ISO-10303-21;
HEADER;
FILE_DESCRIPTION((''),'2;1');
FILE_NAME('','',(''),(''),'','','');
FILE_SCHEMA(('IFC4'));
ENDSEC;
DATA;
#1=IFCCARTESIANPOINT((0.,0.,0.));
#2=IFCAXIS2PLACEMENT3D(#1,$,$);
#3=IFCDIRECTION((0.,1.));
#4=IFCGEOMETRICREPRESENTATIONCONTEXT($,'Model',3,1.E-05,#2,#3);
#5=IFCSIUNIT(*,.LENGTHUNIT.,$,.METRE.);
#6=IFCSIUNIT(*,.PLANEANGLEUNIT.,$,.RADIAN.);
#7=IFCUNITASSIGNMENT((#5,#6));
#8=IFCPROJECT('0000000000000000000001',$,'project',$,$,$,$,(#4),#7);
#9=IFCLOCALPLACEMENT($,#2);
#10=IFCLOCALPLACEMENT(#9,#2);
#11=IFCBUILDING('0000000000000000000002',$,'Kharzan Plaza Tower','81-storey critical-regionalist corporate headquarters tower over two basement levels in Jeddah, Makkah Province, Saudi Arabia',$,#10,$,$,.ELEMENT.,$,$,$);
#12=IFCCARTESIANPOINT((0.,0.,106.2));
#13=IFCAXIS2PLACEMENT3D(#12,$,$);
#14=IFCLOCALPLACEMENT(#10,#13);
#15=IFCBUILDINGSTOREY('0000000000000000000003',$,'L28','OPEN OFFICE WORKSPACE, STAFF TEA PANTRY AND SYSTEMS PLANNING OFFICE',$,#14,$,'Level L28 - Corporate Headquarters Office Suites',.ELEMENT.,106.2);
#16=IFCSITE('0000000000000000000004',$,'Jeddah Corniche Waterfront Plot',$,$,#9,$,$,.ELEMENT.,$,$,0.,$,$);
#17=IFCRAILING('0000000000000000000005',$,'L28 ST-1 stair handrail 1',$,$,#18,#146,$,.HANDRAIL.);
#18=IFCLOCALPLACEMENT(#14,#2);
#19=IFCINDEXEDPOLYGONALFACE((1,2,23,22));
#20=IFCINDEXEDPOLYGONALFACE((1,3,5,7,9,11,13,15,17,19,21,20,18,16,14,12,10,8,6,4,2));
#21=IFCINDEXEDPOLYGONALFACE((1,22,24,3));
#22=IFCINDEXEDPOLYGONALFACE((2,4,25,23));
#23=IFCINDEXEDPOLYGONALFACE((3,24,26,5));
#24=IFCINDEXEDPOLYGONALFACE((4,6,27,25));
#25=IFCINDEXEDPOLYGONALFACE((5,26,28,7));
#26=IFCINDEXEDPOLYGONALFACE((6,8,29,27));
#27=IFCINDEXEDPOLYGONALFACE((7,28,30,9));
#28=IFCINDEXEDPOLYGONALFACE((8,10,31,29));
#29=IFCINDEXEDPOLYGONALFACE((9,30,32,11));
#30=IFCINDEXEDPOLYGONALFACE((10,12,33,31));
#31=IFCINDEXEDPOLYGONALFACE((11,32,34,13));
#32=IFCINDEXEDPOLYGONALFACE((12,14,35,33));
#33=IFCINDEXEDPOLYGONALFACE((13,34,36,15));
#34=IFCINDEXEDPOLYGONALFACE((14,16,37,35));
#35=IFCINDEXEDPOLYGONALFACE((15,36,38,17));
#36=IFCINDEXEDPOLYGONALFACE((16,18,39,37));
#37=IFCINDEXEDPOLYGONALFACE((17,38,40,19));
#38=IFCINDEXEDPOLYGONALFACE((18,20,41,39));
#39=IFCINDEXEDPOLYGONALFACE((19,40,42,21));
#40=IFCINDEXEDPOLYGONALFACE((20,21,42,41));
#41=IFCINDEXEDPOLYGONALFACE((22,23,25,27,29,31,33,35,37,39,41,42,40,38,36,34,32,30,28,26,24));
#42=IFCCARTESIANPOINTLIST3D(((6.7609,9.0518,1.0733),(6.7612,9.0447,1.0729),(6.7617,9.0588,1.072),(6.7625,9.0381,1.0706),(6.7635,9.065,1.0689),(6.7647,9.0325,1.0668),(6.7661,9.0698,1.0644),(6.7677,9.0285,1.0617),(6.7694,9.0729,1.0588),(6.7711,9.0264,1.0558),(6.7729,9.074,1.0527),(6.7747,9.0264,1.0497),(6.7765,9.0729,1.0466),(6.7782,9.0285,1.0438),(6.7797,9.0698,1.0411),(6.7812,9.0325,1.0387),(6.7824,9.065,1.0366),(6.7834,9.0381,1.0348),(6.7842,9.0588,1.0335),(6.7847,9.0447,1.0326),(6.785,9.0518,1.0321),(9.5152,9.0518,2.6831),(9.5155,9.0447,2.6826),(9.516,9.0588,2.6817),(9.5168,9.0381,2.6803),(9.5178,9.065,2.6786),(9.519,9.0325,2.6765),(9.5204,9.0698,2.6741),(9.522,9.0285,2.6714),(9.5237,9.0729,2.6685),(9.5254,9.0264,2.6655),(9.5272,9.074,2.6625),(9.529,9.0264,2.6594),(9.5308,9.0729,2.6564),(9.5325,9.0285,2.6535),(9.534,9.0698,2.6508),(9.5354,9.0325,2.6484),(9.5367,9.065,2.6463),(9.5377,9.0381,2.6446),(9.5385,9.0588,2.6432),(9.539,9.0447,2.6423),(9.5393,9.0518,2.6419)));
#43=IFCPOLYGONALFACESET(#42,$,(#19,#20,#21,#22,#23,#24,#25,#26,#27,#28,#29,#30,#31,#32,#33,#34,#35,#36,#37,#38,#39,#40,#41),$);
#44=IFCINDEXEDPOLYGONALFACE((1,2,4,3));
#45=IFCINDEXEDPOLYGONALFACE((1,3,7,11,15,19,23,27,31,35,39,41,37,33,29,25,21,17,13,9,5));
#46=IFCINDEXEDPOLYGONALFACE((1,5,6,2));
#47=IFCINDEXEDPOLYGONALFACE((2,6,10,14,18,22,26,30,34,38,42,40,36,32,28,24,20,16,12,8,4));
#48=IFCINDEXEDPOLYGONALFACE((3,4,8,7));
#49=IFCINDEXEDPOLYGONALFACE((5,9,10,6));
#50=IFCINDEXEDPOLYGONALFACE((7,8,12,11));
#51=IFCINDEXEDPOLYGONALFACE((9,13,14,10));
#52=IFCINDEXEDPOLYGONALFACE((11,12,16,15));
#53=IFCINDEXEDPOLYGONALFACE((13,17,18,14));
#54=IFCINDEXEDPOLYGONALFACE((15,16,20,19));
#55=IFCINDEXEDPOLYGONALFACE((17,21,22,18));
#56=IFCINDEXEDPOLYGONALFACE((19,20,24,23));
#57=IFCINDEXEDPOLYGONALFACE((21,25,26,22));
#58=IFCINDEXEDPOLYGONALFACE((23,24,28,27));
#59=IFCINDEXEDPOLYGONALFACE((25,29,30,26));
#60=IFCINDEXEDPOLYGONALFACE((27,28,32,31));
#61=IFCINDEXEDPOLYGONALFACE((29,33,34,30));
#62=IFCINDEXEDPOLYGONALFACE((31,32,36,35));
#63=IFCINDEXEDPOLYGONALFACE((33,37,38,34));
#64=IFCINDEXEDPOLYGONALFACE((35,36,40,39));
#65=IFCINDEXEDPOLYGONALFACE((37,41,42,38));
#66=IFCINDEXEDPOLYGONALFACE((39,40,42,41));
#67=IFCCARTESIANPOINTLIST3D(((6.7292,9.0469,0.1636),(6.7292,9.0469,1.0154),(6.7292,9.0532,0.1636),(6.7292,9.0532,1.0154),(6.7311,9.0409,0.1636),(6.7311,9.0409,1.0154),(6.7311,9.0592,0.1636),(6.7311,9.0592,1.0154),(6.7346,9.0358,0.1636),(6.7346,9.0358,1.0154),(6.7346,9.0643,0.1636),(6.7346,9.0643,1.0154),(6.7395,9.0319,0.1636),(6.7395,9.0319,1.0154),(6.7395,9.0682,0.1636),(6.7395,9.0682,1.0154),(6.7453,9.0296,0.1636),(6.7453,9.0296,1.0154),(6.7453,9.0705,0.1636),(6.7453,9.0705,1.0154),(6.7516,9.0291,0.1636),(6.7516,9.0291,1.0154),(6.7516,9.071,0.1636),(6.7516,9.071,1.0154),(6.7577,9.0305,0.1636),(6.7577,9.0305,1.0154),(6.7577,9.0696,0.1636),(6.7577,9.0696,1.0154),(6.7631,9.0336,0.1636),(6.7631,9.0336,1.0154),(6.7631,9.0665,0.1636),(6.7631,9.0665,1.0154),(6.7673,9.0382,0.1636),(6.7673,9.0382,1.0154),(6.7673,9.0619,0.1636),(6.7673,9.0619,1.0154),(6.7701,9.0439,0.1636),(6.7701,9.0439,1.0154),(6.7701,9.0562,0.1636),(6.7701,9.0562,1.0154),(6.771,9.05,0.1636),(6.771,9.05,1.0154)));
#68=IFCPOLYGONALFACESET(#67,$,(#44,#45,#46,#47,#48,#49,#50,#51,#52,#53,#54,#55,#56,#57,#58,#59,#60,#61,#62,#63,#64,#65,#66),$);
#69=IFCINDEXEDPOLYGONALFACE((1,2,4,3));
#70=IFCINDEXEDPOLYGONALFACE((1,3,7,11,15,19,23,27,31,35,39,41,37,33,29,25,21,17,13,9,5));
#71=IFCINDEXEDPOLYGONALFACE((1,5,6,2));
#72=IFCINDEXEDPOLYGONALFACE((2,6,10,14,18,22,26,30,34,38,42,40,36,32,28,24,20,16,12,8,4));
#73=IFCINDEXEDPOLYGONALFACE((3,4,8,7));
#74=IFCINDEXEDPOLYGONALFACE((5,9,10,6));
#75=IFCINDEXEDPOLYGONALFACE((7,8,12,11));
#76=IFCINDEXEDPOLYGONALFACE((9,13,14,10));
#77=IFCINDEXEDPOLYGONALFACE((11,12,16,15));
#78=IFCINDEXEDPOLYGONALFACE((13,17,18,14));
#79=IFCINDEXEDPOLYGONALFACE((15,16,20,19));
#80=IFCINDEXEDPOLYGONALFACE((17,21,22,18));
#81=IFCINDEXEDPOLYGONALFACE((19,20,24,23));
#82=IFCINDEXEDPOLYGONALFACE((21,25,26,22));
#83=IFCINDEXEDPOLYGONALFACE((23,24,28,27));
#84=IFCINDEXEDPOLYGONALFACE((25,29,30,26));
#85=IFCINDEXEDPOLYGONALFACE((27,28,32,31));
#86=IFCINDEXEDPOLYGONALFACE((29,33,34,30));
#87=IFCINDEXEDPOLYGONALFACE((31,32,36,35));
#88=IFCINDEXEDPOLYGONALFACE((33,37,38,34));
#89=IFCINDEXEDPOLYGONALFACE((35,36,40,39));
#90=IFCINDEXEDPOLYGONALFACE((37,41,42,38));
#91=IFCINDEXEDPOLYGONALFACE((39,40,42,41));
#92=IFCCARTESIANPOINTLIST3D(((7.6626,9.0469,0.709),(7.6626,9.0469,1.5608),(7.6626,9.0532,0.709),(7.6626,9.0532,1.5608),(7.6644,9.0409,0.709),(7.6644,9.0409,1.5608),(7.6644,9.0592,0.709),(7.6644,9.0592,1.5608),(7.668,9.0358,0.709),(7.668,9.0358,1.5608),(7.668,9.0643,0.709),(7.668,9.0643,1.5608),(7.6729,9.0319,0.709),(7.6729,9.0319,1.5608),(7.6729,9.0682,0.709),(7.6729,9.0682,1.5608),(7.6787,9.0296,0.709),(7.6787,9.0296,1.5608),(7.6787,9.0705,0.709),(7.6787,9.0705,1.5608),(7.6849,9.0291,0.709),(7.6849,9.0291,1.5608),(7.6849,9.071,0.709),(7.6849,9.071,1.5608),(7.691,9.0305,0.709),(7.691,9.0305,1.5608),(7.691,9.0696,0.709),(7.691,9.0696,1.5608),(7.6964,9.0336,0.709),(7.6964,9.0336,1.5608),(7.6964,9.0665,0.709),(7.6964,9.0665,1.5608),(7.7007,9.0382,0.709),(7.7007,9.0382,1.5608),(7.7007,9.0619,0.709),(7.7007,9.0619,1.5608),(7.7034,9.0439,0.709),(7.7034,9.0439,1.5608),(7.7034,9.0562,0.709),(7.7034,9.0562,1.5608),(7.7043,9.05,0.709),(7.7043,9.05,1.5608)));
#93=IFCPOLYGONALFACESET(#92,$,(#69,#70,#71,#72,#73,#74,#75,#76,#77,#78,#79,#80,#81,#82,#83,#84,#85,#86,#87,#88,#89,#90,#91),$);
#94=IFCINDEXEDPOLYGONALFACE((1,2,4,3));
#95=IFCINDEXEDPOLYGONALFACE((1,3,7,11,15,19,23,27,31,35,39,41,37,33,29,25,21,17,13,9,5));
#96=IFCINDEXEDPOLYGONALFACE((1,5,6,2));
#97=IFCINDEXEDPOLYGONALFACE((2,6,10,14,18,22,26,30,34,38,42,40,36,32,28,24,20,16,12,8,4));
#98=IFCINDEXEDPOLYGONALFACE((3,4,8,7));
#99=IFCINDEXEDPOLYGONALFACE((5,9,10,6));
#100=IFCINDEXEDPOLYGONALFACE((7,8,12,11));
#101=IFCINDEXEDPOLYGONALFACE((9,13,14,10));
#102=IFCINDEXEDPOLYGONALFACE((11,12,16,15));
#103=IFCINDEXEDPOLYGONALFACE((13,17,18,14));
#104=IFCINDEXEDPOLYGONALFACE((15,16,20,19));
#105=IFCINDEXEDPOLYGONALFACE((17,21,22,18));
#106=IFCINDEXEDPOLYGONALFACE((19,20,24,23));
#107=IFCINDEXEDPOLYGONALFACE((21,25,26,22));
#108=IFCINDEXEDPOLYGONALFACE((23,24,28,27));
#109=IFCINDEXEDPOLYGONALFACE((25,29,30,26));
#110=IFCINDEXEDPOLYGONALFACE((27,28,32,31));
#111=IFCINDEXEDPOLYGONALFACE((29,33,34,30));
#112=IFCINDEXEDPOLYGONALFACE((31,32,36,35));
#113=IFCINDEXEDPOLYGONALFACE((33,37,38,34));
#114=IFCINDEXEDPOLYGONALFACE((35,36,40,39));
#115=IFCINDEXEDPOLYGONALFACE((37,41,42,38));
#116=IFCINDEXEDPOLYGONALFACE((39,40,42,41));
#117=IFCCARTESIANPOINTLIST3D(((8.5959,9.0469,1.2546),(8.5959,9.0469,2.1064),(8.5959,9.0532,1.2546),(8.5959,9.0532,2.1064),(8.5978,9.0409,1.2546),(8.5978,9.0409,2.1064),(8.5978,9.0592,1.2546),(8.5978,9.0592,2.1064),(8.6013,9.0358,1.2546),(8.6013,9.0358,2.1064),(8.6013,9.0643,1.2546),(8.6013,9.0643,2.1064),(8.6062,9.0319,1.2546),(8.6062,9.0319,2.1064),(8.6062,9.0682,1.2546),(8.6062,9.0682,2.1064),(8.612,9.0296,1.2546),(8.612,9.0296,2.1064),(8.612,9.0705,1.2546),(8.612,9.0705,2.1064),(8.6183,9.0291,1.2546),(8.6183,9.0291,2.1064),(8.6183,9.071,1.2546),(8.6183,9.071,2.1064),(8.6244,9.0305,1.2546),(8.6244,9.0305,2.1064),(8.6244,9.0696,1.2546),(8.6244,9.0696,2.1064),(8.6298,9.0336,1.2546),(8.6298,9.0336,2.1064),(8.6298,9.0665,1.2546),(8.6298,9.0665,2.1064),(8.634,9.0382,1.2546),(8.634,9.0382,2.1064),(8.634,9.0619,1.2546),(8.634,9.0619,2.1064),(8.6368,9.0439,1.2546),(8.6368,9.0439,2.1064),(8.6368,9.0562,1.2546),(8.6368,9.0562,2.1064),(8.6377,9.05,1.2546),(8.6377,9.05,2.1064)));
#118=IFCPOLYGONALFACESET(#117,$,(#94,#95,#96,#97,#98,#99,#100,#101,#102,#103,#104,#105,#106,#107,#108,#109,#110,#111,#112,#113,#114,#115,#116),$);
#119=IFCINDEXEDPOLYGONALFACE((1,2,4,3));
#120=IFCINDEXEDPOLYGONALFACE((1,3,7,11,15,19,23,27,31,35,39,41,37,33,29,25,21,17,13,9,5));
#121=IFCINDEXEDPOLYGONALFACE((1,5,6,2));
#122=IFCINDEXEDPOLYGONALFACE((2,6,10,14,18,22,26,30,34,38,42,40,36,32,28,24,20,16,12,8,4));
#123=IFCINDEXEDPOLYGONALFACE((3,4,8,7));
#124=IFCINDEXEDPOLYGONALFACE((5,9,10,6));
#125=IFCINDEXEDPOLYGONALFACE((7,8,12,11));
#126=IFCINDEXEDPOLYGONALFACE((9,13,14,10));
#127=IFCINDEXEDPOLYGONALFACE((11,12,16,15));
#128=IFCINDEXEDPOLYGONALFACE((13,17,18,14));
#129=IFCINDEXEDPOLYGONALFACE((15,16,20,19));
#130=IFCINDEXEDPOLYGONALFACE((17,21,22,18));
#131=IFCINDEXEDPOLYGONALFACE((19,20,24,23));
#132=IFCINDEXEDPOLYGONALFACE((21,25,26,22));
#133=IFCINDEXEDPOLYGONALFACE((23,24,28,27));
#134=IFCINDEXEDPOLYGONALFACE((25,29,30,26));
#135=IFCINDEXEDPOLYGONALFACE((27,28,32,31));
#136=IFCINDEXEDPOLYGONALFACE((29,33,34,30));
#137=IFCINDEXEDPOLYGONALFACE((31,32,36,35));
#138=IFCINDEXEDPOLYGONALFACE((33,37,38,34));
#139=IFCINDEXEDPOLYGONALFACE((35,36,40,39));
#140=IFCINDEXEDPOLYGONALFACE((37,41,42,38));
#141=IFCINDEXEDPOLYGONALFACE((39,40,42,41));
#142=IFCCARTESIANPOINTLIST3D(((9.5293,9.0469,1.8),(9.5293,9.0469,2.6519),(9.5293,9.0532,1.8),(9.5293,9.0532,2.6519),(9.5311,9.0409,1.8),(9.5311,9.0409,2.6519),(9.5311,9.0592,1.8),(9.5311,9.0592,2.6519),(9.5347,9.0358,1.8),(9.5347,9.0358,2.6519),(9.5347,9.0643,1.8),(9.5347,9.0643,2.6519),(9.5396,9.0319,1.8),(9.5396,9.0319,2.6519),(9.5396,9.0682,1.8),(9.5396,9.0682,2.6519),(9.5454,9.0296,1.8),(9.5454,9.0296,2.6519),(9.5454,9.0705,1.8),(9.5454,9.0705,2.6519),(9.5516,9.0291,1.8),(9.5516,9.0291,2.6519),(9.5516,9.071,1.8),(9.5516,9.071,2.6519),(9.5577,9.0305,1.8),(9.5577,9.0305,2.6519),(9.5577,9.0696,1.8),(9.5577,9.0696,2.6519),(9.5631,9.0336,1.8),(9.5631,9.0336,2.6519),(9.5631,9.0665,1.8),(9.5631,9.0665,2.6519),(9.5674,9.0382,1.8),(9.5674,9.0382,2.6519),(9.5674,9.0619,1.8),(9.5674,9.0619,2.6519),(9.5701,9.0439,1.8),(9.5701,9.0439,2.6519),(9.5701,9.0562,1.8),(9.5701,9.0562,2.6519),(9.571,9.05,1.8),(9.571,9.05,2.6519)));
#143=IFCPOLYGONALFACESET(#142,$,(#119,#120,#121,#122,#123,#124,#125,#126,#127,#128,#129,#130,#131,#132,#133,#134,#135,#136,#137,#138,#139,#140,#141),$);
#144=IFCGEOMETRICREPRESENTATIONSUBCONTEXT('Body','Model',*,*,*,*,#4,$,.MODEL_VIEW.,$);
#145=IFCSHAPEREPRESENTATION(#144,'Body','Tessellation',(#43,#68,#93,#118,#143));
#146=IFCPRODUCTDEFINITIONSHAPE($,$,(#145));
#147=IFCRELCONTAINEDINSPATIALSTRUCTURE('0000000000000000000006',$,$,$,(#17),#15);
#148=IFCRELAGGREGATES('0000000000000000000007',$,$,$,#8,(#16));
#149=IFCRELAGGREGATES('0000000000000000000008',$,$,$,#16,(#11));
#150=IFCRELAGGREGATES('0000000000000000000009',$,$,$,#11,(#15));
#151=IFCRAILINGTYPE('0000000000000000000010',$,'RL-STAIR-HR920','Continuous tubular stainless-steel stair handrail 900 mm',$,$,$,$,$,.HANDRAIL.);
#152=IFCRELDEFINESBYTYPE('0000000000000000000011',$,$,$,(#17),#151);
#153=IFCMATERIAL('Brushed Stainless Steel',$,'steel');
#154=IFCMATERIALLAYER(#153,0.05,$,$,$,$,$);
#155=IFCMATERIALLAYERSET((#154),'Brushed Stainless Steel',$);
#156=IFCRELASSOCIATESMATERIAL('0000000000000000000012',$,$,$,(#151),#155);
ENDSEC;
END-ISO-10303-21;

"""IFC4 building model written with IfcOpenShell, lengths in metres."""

from ifc_helpers import new_model, si_unit, direction, frame, origin, origin_2d, place, context, subcontext, project, spatial, circle, extrude, source, transform, mapped, material, layer, layer_set, type_object, element, save


model = new_model("IFC4")

# Units and contexts
model_context = context("Model", 3, precision=1e-05, world=origin(), true_north=direction((0.0, 1.0)))
body_context = subcontext(model_context, "Body", "Model", "MODEL_VIEW")
ifc_project = project(units=[si_unit("LENGTHUNIT", "METRE"), si_unit("PLANEANGLEUNIT", "RADIAN")], contexts=[model_context])

# Site, building, storey
site_placement = place(None, origin())
site = spatial("IfcSite", under=ifc_project, at=site_placement, Name="Jeddah Corniche Waterfront Plot", CompositionType="ELEMENT", RefElevation=0.0)
building_placement = place(site_placement, origin())
building = spatial("IfcBuilding", under=site, at=building_placement, Name="Kharzan Plaza Tower", Description="81-storey critical-regionalist corporate headquarters tower over two basement levels in Jeddah, Makkah Province, Saudi Arabia", CompositionType="ELEMENT")
storey_placement = place(building_placement, frame((0.0, 0.0, 106.2)))
storey = spatial("IfcBuildingStorey", under=building, at=storey_placement, Name="L28", Description="OPEN OFFICE WORKSPACE, STAFF TEA PANTRY AND SYSTEMS PLANNING OFFICE", LongName="Level L28 - Corporate Headquarters Office Suites", CompositionType="ELEMENT", Elevation=106.2)

# Railing
ifc_material_1 = material(Name="Brushed Stainless Steel", Category="steel")
ifc_layer_1 = layer(ifc_material_1, 0.05)
ifc_layer_set_1 = layer_set([ifc_layer_1], Name="Brushed Stainless Steel")
railing_type_1 = type_object("IfcRailingType", Name="RL-STAIR-HR920", Description="Continuous tubular stainless-steel stair handrail 900 mm", PredefinedType="HANDRAIL", material=ifc_layer_set_1)
shared_shape_1 = source(origin(), body_context, "Body", "SweptSolid", [
    extrude(circle(Radius=0.0239, at=origin_2d()), frame((0.0229, 0.0, 0.8892), z_axis=(0.863361, 0.0, 0.504587), x_axis=(0.0, 1.0, 0.0)), (0.0, 0.0, 1.0), 3.1902),
    extrude(circle(Radius=0.021, at=origin_2d()), origin(), (0.0, 0.0, 1.0), 0.8518),
    extrude(circle(Radius=0.021, at=origin_2d()), frame((0.9333, 0.0, 0.5454)), (0.0, 0.0, 1.0), 0.8518),
    extrude(circle(Radius=0.021, at=origin_2d()), frame((1.8667, 0.0, 1.0911)), (0.0, 0.0, 1.0), 0.8518),
    extrude(circle(Radius=0.021, at=origin_2d()), frame((2.8, 0.0, 1.6365)), (0.0, 0.0, 1.0), 0.8518),
])
railing_1_placement = place(storey_placement, frame((6.75, 9.05, 0.1636)))
element("IfcRailing", 1, at=railing_1_placement, inside=storey, type_object=railing_type_1, Name="L28 ST-1 stair handrail 1", PredefinedType="HANDRAIL", context=body_context, shape_type="MappedRepresentation", body=[
    mapped(shared_shape_1, transform((0.0, 0.0, 0.0), x_axis=(1.0, 0.0, 0.0), y_axis=(0.0, 1.0, 0.0), z_axis=(0.0, 0.0, 1.0))),
])

save(model, "model.ifc")
